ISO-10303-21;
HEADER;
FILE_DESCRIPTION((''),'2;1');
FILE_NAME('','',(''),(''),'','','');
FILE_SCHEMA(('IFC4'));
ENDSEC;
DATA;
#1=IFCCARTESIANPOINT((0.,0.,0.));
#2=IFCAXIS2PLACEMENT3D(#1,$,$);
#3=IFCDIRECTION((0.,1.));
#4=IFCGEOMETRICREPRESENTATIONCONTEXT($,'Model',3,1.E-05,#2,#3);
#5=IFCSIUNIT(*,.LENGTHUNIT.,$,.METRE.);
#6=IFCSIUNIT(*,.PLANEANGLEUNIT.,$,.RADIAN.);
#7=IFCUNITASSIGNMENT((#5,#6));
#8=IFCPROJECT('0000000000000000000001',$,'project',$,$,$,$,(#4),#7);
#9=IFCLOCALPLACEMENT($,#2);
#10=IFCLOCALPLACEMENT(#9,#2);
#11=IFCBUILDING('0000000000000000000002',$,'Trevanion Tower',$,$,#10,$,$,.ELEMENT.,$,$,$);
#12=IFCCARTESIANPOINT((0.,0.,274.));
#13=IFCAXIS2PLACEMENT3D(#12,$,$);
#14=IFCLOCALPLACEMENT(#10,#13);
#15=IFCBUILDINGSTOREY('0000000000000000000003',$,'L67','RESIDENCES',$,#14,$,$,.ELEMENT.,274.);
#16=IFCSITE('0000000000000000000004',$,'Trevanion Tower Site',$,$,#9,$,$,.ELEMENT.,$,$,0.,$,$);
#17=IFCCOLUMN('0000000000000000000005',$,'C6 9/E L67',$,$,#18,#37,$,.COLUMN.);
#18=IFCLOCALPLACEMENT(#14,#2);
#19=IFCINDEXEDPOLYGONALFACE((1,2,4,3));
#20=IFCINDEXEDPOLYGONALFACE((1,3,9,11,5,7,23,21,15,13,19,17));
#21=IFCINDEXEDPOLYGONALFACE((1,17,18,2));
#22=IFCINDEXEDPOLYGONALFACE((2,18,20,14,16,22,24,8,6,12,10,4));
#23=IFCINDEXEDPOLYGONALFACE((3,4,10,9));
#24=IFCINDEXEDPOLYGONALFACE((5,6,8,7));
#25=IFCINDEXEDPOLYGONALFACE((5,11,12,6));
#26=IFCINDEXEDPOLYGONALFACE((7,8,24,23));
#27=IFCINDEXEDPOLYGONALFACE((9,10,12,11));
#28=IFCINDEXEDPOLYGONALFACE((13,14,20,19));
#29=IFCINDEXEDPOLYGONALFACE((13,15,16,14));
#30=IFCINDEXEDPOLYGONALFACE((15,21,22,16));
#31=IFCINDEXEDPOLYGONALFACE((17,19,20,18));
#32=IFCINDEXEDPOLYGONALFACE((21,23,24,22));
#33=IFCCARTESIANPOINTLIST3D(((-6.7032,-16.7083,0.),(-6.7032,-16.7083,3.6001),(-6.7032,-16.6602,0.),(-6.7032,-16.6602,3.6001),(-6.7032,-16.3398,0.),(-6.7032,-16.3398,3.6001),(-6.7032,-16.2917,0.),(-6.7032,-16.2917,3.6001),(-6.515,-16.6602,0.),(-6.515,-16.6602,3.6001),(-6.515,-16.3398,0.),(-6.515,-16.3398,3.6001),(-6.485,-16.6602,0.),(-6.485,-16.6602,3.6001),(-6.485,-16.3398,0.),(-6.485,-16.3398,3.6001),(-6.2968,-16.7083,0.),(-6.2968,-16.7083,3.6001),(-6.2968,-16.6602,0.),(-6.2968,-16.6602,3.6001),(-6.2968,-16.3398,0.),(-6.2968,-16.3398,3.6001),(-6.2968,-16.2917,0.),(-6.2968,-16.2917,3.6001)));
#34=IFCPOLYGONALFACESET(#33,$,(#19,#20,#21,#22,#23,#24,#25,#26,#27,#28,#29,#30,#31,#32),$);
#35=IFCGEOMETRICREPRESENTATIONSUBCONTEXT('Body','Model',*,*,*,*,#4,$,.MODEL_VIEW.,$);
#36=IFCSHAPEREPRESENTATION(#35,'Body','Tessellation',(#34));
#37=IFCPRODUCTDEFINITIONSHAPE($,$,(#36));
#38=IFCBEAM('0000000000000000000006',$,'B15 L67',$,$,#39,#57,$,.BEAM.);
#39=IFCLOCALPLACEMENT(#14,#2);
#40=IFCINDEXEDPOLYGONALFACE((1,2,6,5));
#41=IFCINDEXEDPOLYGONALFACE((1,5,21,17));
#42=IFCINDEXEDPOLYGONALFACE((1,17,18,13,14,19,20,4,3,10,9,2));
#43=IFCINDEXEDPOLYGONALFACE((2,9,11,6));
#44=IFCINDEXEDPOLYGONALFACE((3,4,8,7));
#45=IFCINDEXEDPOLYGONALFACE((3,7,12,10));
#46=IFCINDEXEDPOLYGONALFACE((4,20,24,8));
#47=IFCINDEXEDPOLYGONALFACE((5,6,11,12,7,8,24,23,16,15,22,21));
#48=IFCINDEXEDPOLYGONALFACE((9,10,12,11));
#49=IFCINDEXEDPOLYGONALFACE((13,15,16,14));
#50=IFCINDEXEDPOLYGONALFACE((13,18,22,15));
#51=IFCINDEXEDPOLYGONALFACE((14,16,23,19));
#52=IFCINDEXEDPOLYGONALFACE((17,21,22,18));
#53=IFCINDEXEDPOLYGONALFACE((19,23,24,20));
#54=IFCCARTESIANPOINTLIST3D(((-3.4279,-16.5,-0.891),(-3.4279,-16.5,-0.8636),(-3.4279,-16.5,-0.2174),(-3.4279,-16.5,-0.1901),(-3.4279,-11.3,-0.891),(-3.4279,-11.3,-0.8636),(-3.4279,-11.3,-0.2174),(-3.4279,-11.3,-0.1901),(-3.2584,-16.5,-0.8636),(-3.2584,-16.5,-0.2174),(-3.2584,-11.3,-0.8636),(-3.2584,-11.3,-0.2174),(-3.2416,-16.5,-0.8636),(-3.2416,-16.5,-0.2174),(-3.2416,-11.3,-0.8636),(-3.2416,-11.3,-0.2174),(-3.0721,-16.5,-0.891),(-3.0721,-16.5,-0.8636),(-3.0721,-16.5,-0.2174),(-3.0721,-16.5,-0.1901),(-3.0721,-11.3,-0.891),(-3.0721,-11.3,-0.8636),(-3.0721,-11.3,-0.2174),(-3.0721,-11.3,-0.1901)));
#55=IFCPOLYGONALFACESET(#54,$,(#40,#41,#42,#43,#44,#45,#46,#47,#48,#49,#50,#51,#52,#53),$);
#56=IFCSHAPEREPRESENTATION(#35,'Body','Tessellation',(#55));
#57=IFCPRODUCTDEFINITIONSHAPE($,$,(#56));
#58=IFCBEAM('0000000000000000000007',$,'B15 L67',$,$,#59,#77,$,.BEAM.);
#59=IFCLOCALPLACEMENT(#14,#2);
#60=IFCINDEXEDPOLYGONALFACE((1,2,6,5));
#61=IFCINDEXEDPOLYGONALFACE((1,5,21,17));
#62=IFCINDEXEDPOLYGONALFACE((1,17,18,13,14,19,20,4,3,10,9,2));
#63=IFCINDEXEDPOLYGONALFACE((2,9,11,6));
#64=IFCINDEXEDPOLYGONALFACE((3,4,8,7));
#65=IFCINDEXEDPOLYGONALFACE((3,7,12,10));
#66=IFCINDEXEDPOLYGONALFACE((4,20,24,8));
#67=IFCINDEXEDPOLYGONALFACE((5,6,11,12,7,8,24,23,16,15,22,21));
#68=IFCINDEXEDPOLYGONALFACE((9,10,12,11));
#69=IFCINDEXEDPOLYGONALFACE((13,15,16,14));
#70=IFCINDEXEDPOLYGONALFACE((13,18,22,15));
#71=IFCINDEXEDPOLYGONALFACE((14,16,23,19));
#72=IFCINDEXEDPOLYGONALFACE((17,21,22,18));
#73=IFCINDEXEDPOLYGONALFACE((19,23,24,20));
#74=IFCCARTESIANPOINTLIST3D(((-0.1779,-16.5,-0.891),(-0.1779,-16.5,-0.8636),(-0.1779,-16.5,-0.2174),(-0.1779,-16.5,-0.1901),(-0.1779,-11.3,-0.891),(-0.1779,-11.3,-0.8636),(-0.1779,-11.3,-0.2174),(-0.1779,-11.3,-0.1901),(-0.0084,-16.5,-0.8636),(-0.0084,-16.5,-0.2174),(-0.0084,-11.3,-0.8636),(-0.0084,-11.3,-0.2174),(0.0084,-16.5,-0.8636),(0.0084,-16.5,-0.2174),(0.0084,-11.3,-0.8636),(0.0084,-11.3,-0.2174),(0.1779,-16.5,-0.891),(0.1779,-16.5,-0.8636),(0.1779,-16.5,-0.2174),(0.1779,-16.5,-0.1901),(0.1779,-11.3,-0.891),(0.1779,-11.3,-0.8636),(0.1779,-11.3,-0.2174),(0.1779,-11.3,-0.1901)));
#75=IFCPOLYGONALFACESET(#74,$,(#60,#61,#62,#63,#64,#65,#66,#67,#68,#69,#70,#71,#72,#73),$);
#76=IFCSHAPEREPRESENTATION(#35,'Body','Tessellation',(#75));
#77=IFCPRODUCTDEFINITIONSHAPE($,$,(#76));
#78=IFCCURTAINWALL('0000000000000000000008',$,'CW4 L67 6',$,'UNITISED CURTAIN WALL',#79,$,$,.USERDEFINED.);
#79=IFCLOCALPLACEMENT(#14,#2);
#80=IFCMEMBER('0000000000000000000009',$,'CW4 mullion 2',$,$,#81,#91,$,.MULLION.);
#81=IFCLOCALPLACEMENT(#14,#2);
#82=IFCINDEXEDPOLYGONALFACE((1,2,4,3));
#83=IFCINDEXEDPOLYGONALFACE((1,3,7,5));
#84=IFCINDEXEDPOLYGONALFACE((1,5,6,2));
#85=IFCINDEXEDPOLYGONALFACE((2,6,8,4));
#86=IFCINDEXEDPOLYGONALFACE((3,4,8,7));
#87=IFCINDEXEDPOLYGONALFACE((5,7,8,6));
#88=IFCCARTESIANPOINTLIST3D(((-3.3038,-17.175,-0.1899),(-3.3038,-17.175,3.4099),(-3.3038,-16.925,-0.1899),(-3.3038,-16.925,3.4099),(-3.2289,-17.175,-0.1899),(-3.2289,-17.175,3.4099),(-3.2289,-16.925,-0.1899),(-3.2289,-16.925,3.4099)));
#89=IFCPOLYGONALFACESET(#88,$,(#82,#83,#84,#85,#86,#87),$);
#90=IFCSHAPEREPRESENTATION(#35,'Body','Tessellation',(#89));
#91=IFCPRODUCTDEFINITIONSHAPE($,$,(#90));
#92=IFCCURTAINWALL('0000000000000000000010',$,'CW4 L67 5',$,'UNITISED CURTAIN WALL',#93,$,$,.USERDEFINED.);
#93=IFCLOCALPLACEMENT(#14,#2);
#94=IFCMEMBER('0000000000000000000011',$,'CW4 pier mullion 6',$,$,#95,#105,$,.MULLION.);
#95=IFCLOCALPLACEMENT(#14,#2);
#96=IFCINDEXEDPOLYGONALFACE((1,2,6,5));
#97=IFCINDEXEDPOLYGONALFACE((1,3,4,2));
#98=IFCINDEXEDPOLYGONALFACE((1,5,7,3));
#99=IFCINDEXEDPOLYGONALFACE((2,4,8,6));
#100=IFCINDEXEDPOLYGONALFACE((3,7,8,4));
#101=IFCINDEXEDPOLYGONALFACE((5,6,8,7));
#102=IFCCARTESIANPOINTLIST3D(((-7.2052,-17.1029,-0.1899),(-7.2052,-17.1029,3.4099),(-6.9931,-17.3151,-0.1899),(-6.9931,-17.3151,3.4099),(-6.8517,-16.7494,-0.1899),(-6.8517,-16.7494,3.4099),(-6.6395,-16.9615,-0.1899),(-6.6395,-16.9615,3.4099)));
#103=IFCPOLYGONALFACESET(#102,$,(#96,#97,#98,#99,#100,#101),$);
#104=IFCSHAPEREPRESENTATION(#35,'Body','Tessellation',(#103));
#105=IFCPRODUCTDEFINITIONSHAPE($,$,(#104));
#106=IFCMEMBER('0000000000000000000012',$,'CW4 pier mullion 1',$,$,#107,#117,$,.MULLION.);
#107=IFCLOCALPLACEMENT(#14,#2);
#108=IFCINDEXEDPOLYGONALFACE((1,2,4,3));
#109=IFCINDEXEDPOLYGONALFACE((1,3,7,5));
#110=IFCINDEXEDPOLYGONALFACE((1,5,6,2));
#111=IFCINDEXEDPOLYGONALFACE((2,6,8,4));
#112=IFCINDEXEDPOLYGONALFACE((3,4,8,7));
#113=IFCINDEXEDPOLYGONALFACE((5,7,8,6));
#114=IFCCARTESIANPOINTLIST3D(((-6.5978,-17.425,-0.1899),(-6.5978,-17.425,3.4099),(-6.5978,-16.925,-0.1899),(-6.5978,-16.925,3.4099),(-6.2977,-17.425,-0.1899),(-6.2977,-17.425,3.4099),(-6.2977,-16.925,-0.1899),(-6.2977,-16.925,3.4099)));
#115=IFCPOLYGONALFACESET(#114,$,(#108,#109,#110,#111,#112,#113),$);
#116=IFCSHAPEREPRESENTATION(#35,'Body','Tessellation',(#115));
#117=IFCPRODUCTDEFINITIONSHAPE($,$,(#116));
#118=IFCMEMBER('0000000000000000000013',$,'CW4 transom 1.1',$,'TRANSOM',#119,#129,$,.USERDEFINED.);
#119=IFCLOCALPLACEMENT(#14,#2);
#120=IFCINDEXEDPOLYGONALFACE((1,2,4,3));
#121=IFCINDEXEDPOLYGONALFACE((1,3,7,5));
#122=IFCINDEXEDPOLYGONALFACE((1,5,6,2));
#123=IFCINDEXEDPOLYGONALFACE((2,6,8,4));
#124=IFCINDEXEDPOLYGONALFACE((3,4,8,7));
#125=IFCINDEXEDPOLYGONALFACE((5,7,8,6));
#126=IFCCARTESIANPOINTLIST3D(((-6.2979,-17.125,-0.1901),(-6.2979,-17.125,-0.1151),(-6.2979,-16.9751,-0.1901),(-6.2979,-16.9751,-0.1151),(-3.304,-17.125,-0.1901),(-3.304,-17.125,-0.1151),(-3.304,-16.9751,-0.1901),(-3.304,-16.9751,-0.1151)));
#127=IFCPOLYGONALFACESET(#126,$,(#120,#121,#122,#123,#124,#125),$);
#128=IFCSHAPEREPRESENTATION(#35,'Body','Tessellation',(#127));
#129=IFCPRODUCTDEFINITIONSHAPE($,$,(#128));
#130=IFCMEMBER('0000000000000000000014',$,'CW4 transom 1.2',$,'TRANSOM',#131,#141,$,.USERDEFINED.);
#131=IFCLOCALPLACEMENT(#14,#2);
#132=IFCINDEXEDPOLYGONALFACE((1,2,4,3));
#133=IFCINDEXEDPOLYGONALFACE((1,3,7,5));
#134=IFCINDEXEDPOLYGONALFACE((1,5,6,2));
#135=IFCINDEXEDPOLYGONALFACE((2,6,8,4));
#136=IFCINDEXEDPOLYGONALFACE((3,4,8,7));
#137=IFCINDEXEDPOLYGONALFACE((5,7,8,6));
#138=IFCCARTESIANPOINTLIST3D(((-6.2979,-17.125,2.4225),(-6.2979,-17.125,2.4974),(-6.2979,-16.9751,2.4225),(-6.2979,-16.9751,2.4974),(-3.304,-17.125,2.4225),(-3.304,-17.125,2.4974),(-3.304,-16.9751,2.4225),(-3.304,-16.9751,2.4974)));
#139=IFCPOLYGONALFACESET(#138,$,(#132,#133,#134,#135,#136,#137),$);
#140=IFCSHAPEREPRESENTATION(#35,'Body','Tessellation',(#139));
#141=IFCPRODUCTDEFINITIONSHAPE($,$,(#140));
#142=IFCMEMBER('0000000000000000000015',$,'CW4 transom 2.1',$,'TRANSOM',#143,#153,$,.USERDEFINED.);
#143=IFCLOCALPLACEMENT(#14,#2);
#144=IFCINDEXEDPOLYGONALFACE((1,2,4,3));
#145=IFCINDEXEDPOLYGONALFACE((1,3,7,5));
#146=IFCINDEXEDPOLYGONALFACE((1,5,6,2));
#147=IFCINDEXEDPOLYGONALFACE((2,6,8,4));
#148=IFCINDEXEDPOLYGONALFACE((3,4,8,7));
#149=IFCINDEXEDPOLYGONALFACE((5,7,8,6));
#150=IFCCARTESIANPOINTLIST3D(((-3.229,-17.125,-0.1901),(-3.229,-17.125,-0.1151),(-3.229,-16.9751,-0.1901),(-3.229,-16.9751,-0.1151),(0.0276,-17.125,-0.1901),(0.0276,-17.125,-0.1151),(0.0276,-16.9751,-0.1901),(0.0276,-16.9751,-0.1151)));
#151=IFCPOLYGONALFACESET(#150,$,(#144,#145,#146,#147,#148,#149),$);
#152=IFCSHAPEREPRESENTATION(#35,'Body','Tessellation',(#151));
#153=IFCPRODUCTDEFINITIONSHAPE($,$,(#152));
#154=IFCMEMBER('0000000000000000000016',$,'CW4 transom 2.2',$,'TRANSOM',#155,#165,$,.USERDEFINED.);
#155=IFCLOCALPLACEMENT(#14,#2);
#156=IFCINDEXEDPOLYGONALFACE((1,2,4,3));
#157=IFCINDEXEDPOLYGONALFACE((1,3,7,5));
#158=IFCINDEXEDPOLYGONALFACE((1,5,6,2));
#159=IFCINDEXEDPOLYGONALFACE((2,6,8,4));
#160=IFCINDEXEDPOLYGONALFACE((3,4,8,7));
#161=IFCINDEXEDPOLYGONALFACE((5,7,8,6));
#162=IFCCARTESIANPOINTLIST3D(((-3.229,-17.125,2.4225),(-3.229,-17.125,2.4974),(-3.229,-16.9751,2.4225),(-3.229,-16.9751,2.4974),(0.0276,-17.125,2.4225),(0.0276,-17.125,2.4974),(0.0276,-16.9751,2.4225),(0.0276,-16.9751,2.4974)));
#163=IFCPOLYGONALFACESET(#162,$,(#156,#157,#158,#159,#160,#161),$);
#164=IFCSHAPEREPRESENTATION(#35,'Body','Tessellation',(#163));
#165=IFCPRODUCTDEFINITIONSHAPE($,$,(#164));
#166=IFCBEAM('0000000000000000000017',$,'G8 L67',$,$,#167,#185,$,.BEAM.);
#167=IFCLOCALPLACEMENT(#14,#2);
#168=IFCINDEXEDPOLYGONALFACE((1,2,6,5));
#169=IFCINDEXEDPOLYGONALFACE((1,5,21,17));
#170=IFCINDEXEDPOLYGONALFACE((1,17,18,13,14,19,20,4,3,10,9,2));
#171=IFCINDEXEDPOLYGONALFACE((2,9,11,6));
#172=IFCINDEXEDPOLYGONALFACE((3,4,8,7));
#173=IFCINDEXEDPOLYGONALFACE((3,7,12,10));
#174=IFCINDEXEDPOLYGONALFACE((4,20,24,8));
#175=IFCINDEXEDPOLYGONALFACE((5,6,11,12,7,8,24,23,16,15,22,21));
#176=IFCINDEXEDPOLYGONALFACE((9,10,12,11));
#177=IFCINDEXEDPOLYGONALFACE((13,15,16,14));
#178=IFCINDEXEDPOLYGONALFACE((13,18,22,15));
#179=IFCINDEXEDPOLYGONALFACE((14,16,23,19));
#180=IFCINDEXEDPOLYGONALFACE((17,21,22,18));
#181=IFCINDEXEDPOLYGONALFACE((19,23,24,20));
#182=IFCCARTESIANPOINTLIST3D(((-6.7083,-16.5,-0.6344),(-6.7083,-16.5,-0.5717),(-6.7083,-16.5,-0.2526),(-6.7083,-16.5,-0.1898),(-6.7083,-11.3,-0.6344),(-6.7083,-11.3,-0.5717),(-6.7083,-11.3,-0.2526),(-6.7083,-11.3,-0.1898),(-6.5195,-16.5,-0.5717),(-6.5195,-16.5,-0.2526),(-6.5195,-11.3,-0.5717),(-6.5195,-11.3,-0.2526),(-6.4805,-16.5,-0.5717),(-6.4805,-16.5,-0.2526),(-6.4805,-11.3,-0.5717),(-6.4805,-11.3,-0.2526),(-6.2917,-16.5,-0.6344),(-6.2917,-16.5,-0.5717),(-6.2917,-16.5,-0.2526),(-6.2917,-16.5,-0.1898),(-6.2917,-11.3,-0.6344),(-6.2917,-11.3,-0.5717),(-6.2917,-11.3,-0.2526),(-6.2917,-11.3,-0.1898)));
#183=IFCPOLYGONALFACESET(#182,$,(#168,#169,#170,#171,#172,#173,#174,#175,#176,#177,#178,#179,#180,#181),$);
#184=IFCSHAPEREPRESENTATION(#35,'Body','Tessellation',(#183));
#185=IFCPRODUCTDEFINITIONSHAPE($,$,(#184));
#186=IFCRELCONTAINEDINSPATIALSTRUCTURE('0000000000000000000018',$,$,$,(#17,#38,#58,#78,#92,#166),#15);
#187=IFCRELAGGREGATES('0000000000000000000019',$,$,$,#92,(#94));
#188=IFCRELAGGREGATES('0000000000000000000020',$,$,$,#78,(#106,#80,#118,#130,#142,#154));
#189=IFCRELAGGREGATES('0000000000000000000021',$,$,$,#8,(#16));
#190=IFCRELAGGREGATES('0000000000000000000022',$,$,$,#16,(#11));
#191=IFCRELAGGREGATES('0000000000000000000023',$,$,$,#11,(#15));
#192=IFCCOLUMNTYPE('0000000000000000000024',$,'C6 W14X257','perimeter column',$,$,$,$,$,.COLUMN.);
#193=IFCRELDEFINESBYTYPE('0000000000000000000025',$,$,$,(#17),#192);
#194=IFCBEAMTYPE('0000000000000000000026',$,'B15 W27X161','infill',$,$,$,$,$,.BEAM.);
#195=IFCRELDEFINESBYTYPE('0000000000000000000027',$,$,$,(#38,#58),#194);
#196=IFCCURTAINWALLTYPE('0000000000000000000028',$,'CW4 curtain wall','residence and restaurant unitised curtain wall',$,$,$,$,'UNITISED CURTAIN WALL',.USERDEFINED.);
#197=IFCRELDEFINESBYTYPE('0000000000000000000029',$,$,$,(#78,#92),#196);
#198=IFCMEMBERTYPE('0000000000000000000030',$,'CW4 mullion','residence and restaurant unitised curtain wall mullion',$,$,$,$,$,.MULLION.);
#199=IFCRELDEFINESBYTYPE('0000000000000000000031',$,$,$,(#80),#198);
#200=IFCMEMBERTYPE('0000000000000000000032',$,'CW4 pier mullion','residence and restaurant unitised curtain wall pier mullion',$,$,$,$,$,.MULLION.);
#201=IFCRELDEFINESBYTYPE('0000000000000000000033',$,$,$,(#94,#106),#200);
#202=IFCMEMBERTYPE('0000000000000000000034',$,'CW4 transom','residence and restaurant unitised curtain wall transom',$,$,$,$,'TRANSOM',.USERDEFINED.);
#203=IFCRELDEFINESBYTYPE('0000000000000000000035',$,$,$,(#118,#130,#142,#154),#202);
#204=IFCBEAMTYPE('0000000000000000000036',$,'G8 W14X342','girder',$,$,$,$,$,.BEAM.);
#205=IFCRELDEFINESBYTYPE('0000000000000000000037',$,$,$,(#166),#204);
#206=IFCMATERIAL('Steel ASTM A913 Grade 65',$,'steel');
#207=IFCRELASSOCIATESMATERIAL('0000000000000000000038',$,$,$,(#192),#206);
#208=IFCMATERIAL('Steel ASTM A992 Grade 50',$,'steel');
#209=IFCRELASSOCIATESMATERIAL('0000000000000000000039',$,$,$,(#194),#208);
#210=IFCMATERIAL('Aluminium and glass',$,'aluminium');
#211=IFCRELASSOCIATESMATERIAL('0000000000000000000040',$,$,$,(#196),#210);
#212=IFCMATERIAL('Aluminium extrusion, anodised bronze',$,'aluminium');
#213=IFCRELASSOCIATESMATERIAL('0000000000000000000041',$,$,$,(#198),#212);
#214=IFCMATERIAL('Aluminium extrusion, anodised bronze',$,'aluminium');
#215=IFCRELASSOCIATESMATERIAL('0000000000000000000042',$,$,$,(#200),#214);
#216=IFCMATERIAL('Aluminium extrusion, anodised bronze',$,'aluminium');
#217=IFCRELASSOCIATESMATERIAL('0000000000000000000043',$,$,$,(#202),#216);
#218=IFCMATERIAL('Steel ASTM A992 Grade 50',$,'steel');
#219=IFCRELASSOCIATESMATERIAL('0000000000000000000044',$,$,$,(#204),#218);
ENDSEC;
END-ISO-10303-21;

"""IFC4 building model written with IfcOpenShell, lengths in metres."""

from ifc_helpers import new_model, si_unit, direction, frame, origin, origin_2d, place, context, subcontext, project, spatial, rectangle, i_section, extrude, material, material_profile, profile_set, type_object, element, aggregate, save


model = new_model("IFC4")

# Units and contexts
model_context = context("Model", 3, precision=1e-05, world=origin(), true_north=direction((0.0, 1.0)))
body_context = subcontext(model_context, "Body", "Model", "MODEL_VIEW")
ifc_project = project(units=[si_unit("LENGTHUNIT", "METRE"), si_unit("PLANEANGLEUNIT", "RADIAN")], contexts=[model_context])

# Site, building, storey
site_placement = place(None, origin())
site = spatial("IfcSite", under=ifc_project, at=site_placement, Name="Trevanion Tower Site", CompositionType="ELEMENT", RefElevation=0.0)
building_placement = place(site_placement, origin())
building = spatial("IfcBuilding", under=site, at=building_placement, Name="Trevanion Tower", CompositionType="ELEMENT")
storey_placement = place(building_placement, frame((0.0, 0.0, 274.0)))
storey = spatial("IfcBuildingStorey", under=building, at=storey_placement, Name="L67", Description="RESIDENCES", CompositionType="ELEMENT", Elevation=274.0)

# Column
ifc_material_1 = material(Name="Steel ASTM A913 Grade 65", Category="steel")
ifc_material_profile_1 = material_profile(ifc_material_1, i_section(OverallWidth=0.4065, OverallDepth=0.4165, WebThickness=0.03, FlangeThickness=0.0481, at=origin_2d()), Name="W14X257")
ifc_profile_set_1 = profile_set([ifc_material_profile_1], Name="Steel ASTM A913 Grade 65")
column_type = type_object("IfcColumnType", Name="C6 W14X257", Description="perimeter column", PredefinedType="COLUMN", material=ifc_profile_set_1)
column_placement = place(storey_placement, frame((-6.5, -16.5, 0.0), z_axis=(0.0, 0.0, 1.0), x_axis=(1.0, 0.0, 0.0)))
element("IfcColumn", 1, at=column_placement, inside=storey, type_object=column_type, Name="C6 9/E L67", PredefinedType="COLUMN", context=body_context, shape_type="SweptSolid", body=[
    extrude(i_section(OverallWidth=0.4065, OverallDepth=0.4165, WebThickness=0.03, FlangeThickness=0.0481, at=origin_2d()), origin(), (0.0, 0.0, 1.0), 3.6001),
])

# Beams
ifc_material_2 = material(Name="Steel ASTM A992 Grade 50", Category="steel")
ifc_material_profile_2 = material_profile(ifc_material_2, i_section(OverallWidth=0.3557, OverallDepth=0.7009, WebThickness=0.0168, FlangeThickness=0.0273, at=origin_2d()), Name="W27X161")
ifc_profile_set_2 = profile_set([ifc_material_profile_2], Name="Steel ASTM A992 Grade 50")
beam_type_1 = type_object("IfcBeamType", Name="B15 W27X161", Description="infill", PredefinedType="BEAM", material=ifc_profile_set_2)
for number, where, z_axis, x_axis, name in (
    (2, (-3.25, -11.3, -0.5405), (0.0, -1.0, 0.0), (1.0, 0.0, 0.0), "B15 L67"),
    (3, (0.0, -11.3, -0.5405), (0.0, -1.0, 0.0), (1.0, 0.0, 0.0), "B15 L67"),
):
    element("IfcBeam", number, at=place(storey_placement, frame(where, z_axis=z_axis, x_axis=x_axis)), inside=storey, type_object=beam_type_1, Name=name, PredefinedType="BEAM", context=body_context, shape_type="SweptSolid", body=[
        extrude(i_section(OverallWidth=0.3557, OverallDepth=0.7009, WebThickness=0.0168, FlangeThickness=0.0273, at=origin_2d()), origin(), (0.0, 0.0, 1.0), 5.2),
    ])

# Curtain walls, members
ifc_material_3 = material(Name="Aluminium and glass", Category="aluminium")
curtain_wall_type = type_object("IfcCurtainWallType", Name="CW4 curtain wall", Description="residence and restaurant unitised curtain wall", ElementType="UNITISED CURTAIN WALL", PredefinedType="USERDEFINED", material=ifc_material_3)
curtain_wall_1_placement = place(storey_placement, origin())
curtain_wall_1 = element("IfcCurtainWall", 4, at=curtain_wall_1_placement, inside=storey, type_object=curtain_wall_type, Name="CW4 L67 6", ObjectType="UNITISED CURTAIN WALL", PredefinedType="USERDEFINED")
ifc_material_4 = material(Name="Aluminium extrusion, anodised bronze", Category="aluminium")
ifc_material_profile_3 = material_profile(ifc_material_4, rectangle(XDim=0.075, YDim=0.25, at=origin_2d()), Name="CW4 mullion")
ifc_profile_set_3 = profile_set([ifc_material_profile_3], Name="Aluminium extrusion, anodised bronze")
member_type_1 = type_object("IfcMemberType", Name="CW4 mullion", Description="residence and restaurant unitised curtain wall mullion", PredefinedType="MULLION", material=ifc_profile_set_3)
member_1_placement = place(storey_placement, frame((-3.2664, -17.05, -0.1899), z_axis=(0.0, 0.0, 1.0), x_axis=(1.0, 0.0, 0.0)))
member_1 = element("IfcMember", 5, at=member_1_placement, type_object=member_type_1, Name="CW4 mullion 2", PredefinedType="MULLION", context=body_context, shape_type="SweptSolid", body=[
    extrude(rectangle(XDim=0.075, YDim=0.25, at=origin_2d()), origin(), (0.0, 0.0, 1.0), 3.5999),
])
curtain_wall_2_placement = place(storey_placement, origin())
curtain_wall_2 = element("IfcCurtainWall", 6, at=curtain_wall_2_placement, inside=storey, type_object=curtain_wall_type, Name="CW4 L67 5", ObjectType="UNITISED CURTAIN WALL", PredefinedType="USERDEFINED")
ifc_material_5 = material(Name="Aluminium extrusion, anodised bronze", Category="aluminium")
ifc_material_profile_4 = material_profile(ifc_material_5, rectangle(XDim=0.3, YDim=0.5, at=origin_2d()), Name="CW4 pier mullion")
ifc_profile_set_4 = profile_set([ifc_material_profile_4], Name="Aluminium extrusion, anodised bronze")
member_type_2 = type_object("IfcMemberType", Name="CW4 pier mullion", Description="residence and restaurant unitised curtain wall pier mullion", PredefinedType="MULLION", material=ifc_profile_set_4)
member_2_placement = place(storey_placement, frame((-6.9224, -17.0322, -0.1899), z_axis=(0.0, 0.0, 1.0), x_axis=(0.707107, -0.707107, 0.0)))
member_2 = element("IfcMember", 7, at=member_2_placement, type_object=member_type_2, Name="CW4 pier mullion 6", PredefinedType="MULLION", context=body_context, shape_type="SweptSolid", body=[
    extrude(rectangle(XDim=0.3, YDim=0.5, at=origin_2d()), origin(), (0.0, 0.0, 1.0), 3.5999),
])

# Members
member_3_placement = place(storey_placement, frame((-6.4478, -17.175, -0.1899), z_axis=(0.0, 0.0, 1.0), x_axis=(1.0, 0.0, 0.0)))
member_3 = element("IfcMember", 8, at=member_3_placement, type_object=member_type_2, Name="CW4 pier mullion 1", PredefinedType="MULLION", context=body_context, shape_type="SweptSolid", body=[
    extrude(rectangle(XDim=0.3, YDim=0.5, at=origin_2d()), origin(), (0.0, 0.0, 1.0), 3.5999),
])
ifc_material_6 = material(Name="Aluminium extrusion, anodised bronze", Category="aluminium")
ifc_material_profile_5 = material_profile(ifc_material_6, rectangle(XDim=0.1499, YDim=0.075, at=origin_2d()), Name="CW4 transom")
ifc_profile_set_5 = profile_set([ifc_material_profile_5], Name="Aluminium extrusion, anodised bronze")
member_type_3 = type_object("IfcMemberType", Name="CW4 transom", Description="residence and restaurant unitised curtain wall transom", ElementType="TRANSOM", PredefinedType="USERDEFINED", material=ifc_profile_set_5)
member_4_placement = place(storey_placement, frame((-6.2979, -17.05, -0.1526), z_axis=(1.0, 0.0, 0.0), x_axis=(0.0, 1.0, 0.0)))
member_4 = element("IfcMember", 9, at=member_4_placement, type_object=member_type_3, Name="CW4 transom 1.1", ObjectType="TRANSOM", PredefinedType="USERDEFINED", context=body_context, shape_type="SweptSolid", body=[
    extrude(rectangle(XDim=0.1499, YDim=0.075, at=origin_2d()), origin(), (0.0, 0.0, 1.0), 2.9939),
])
member_5_placement = place(storey_placement, frame((-6.2979, -17.05, 2.46), z_axis=(1.0, 0.0, 0.0), x_axis=(0.0, 1.0, 0.0)))
member_5 = element("IfcMember", 10, at=member_5_placement, type_object=member_type_3, Name="CW4 transom 1.2", ObjectType="TRANSOM", PredefinedType="USERDEFINED", context=body_context, shape_type="SweptSolid", body=[
    extrude(rectangle(XDim=0.1499, YDim=0.075, at=origin_2d()), origin(), (0.0, 0.0, 1.0), 2.9939),
])
member_6_placement = place(storey_placement, frame((-3.229, -17.05, -0.1526), z_axis=(1.0, 0.0, 0.0), x_axis=(0.0, 1.0, 0.0)))
member_6 = element("IfcMember", 11, at=member_6_placement, type_object=member_type_3, Name="CW4 transom 2.1", ObjectType="TRANSOM", PredefinedType="USERDEFINED", context=body_context, shape_type="SweptSolid", body=[
    extrude(rectangle(XDim=0.1499, YDim=0.075, at=origin_2d()), origin(), (0.0, 0.0, 1.0), 3.2566),
])
member_7_placement = place(storey_placement, frame((-3.229, -17.05, 2.46), z_axis=(1.0, 0.0, 0.0), x_axis=(0.0, 1.0, 0.0)))
member_7 = element("IfcMember", 12, at=member_7_placement, type_object=member_type_3, Name="CW4 transom 2.2", ObjectType="TRANSOM", PredefinedType="USERDEFINED", context=body_context, shape_type="SweptSolid", body=[
    extrude(rectangle(XDim=0.1499, YDim=0.075, at=origin_2d()), origin(), (0.0, 0.0, 1.0), 3.2566),
])

# Beam
ifc_material_7 = material(Name="Steel ASTM A992 Grade 50", Category="steel")
ifc_material_profile_6 = material_profile(ifc_material_7, i_section(OverallWidth=0.4165, OverallDepth=0.4446, WebThickness=0.0391, FlangeThickness=0.0627, at=origin_2d()), Name="W14X342")
ifc_profile_set_6 = profile_set([ifc_material_profile_6], Name="Steel ASTM A992 Grade 50")
beam_type_2 = type_object("IfcBeamType", Name="G8 W14X342", Description="girder", PredefinedType="BEAM", material=ifc_profile_set_6)
beam_1_placement = place(storey_placement, frame((-6.5, -11.3, -0.4121), z_axis=(0.0, -1.0, 0.0), x_axis=(1.0, 0.0, 0.0)))
element("IfcBeam", 13, at=beam_1_placement, inside=storey, type_object=beam_type_2, Name="G8 L67", PredefinedType="BEAM", context=body_context, shape_type="SweptSolid", body=[
    extrude(i_section(OverallWidth=0.4165, OverallDepth=0.4446, WebThickness=0.0391, FlangeThickness=0.0627, at=origin_2d()), origin(), (0.0, 0.0, 1.0), 5.2),
])

aggregate(curtain_wall_2, [member_2])
aggregate(curtain_wall_1, [member_3, member_1, member_4, member_5, member_6, member_7])

save(model, "model.ifc")
